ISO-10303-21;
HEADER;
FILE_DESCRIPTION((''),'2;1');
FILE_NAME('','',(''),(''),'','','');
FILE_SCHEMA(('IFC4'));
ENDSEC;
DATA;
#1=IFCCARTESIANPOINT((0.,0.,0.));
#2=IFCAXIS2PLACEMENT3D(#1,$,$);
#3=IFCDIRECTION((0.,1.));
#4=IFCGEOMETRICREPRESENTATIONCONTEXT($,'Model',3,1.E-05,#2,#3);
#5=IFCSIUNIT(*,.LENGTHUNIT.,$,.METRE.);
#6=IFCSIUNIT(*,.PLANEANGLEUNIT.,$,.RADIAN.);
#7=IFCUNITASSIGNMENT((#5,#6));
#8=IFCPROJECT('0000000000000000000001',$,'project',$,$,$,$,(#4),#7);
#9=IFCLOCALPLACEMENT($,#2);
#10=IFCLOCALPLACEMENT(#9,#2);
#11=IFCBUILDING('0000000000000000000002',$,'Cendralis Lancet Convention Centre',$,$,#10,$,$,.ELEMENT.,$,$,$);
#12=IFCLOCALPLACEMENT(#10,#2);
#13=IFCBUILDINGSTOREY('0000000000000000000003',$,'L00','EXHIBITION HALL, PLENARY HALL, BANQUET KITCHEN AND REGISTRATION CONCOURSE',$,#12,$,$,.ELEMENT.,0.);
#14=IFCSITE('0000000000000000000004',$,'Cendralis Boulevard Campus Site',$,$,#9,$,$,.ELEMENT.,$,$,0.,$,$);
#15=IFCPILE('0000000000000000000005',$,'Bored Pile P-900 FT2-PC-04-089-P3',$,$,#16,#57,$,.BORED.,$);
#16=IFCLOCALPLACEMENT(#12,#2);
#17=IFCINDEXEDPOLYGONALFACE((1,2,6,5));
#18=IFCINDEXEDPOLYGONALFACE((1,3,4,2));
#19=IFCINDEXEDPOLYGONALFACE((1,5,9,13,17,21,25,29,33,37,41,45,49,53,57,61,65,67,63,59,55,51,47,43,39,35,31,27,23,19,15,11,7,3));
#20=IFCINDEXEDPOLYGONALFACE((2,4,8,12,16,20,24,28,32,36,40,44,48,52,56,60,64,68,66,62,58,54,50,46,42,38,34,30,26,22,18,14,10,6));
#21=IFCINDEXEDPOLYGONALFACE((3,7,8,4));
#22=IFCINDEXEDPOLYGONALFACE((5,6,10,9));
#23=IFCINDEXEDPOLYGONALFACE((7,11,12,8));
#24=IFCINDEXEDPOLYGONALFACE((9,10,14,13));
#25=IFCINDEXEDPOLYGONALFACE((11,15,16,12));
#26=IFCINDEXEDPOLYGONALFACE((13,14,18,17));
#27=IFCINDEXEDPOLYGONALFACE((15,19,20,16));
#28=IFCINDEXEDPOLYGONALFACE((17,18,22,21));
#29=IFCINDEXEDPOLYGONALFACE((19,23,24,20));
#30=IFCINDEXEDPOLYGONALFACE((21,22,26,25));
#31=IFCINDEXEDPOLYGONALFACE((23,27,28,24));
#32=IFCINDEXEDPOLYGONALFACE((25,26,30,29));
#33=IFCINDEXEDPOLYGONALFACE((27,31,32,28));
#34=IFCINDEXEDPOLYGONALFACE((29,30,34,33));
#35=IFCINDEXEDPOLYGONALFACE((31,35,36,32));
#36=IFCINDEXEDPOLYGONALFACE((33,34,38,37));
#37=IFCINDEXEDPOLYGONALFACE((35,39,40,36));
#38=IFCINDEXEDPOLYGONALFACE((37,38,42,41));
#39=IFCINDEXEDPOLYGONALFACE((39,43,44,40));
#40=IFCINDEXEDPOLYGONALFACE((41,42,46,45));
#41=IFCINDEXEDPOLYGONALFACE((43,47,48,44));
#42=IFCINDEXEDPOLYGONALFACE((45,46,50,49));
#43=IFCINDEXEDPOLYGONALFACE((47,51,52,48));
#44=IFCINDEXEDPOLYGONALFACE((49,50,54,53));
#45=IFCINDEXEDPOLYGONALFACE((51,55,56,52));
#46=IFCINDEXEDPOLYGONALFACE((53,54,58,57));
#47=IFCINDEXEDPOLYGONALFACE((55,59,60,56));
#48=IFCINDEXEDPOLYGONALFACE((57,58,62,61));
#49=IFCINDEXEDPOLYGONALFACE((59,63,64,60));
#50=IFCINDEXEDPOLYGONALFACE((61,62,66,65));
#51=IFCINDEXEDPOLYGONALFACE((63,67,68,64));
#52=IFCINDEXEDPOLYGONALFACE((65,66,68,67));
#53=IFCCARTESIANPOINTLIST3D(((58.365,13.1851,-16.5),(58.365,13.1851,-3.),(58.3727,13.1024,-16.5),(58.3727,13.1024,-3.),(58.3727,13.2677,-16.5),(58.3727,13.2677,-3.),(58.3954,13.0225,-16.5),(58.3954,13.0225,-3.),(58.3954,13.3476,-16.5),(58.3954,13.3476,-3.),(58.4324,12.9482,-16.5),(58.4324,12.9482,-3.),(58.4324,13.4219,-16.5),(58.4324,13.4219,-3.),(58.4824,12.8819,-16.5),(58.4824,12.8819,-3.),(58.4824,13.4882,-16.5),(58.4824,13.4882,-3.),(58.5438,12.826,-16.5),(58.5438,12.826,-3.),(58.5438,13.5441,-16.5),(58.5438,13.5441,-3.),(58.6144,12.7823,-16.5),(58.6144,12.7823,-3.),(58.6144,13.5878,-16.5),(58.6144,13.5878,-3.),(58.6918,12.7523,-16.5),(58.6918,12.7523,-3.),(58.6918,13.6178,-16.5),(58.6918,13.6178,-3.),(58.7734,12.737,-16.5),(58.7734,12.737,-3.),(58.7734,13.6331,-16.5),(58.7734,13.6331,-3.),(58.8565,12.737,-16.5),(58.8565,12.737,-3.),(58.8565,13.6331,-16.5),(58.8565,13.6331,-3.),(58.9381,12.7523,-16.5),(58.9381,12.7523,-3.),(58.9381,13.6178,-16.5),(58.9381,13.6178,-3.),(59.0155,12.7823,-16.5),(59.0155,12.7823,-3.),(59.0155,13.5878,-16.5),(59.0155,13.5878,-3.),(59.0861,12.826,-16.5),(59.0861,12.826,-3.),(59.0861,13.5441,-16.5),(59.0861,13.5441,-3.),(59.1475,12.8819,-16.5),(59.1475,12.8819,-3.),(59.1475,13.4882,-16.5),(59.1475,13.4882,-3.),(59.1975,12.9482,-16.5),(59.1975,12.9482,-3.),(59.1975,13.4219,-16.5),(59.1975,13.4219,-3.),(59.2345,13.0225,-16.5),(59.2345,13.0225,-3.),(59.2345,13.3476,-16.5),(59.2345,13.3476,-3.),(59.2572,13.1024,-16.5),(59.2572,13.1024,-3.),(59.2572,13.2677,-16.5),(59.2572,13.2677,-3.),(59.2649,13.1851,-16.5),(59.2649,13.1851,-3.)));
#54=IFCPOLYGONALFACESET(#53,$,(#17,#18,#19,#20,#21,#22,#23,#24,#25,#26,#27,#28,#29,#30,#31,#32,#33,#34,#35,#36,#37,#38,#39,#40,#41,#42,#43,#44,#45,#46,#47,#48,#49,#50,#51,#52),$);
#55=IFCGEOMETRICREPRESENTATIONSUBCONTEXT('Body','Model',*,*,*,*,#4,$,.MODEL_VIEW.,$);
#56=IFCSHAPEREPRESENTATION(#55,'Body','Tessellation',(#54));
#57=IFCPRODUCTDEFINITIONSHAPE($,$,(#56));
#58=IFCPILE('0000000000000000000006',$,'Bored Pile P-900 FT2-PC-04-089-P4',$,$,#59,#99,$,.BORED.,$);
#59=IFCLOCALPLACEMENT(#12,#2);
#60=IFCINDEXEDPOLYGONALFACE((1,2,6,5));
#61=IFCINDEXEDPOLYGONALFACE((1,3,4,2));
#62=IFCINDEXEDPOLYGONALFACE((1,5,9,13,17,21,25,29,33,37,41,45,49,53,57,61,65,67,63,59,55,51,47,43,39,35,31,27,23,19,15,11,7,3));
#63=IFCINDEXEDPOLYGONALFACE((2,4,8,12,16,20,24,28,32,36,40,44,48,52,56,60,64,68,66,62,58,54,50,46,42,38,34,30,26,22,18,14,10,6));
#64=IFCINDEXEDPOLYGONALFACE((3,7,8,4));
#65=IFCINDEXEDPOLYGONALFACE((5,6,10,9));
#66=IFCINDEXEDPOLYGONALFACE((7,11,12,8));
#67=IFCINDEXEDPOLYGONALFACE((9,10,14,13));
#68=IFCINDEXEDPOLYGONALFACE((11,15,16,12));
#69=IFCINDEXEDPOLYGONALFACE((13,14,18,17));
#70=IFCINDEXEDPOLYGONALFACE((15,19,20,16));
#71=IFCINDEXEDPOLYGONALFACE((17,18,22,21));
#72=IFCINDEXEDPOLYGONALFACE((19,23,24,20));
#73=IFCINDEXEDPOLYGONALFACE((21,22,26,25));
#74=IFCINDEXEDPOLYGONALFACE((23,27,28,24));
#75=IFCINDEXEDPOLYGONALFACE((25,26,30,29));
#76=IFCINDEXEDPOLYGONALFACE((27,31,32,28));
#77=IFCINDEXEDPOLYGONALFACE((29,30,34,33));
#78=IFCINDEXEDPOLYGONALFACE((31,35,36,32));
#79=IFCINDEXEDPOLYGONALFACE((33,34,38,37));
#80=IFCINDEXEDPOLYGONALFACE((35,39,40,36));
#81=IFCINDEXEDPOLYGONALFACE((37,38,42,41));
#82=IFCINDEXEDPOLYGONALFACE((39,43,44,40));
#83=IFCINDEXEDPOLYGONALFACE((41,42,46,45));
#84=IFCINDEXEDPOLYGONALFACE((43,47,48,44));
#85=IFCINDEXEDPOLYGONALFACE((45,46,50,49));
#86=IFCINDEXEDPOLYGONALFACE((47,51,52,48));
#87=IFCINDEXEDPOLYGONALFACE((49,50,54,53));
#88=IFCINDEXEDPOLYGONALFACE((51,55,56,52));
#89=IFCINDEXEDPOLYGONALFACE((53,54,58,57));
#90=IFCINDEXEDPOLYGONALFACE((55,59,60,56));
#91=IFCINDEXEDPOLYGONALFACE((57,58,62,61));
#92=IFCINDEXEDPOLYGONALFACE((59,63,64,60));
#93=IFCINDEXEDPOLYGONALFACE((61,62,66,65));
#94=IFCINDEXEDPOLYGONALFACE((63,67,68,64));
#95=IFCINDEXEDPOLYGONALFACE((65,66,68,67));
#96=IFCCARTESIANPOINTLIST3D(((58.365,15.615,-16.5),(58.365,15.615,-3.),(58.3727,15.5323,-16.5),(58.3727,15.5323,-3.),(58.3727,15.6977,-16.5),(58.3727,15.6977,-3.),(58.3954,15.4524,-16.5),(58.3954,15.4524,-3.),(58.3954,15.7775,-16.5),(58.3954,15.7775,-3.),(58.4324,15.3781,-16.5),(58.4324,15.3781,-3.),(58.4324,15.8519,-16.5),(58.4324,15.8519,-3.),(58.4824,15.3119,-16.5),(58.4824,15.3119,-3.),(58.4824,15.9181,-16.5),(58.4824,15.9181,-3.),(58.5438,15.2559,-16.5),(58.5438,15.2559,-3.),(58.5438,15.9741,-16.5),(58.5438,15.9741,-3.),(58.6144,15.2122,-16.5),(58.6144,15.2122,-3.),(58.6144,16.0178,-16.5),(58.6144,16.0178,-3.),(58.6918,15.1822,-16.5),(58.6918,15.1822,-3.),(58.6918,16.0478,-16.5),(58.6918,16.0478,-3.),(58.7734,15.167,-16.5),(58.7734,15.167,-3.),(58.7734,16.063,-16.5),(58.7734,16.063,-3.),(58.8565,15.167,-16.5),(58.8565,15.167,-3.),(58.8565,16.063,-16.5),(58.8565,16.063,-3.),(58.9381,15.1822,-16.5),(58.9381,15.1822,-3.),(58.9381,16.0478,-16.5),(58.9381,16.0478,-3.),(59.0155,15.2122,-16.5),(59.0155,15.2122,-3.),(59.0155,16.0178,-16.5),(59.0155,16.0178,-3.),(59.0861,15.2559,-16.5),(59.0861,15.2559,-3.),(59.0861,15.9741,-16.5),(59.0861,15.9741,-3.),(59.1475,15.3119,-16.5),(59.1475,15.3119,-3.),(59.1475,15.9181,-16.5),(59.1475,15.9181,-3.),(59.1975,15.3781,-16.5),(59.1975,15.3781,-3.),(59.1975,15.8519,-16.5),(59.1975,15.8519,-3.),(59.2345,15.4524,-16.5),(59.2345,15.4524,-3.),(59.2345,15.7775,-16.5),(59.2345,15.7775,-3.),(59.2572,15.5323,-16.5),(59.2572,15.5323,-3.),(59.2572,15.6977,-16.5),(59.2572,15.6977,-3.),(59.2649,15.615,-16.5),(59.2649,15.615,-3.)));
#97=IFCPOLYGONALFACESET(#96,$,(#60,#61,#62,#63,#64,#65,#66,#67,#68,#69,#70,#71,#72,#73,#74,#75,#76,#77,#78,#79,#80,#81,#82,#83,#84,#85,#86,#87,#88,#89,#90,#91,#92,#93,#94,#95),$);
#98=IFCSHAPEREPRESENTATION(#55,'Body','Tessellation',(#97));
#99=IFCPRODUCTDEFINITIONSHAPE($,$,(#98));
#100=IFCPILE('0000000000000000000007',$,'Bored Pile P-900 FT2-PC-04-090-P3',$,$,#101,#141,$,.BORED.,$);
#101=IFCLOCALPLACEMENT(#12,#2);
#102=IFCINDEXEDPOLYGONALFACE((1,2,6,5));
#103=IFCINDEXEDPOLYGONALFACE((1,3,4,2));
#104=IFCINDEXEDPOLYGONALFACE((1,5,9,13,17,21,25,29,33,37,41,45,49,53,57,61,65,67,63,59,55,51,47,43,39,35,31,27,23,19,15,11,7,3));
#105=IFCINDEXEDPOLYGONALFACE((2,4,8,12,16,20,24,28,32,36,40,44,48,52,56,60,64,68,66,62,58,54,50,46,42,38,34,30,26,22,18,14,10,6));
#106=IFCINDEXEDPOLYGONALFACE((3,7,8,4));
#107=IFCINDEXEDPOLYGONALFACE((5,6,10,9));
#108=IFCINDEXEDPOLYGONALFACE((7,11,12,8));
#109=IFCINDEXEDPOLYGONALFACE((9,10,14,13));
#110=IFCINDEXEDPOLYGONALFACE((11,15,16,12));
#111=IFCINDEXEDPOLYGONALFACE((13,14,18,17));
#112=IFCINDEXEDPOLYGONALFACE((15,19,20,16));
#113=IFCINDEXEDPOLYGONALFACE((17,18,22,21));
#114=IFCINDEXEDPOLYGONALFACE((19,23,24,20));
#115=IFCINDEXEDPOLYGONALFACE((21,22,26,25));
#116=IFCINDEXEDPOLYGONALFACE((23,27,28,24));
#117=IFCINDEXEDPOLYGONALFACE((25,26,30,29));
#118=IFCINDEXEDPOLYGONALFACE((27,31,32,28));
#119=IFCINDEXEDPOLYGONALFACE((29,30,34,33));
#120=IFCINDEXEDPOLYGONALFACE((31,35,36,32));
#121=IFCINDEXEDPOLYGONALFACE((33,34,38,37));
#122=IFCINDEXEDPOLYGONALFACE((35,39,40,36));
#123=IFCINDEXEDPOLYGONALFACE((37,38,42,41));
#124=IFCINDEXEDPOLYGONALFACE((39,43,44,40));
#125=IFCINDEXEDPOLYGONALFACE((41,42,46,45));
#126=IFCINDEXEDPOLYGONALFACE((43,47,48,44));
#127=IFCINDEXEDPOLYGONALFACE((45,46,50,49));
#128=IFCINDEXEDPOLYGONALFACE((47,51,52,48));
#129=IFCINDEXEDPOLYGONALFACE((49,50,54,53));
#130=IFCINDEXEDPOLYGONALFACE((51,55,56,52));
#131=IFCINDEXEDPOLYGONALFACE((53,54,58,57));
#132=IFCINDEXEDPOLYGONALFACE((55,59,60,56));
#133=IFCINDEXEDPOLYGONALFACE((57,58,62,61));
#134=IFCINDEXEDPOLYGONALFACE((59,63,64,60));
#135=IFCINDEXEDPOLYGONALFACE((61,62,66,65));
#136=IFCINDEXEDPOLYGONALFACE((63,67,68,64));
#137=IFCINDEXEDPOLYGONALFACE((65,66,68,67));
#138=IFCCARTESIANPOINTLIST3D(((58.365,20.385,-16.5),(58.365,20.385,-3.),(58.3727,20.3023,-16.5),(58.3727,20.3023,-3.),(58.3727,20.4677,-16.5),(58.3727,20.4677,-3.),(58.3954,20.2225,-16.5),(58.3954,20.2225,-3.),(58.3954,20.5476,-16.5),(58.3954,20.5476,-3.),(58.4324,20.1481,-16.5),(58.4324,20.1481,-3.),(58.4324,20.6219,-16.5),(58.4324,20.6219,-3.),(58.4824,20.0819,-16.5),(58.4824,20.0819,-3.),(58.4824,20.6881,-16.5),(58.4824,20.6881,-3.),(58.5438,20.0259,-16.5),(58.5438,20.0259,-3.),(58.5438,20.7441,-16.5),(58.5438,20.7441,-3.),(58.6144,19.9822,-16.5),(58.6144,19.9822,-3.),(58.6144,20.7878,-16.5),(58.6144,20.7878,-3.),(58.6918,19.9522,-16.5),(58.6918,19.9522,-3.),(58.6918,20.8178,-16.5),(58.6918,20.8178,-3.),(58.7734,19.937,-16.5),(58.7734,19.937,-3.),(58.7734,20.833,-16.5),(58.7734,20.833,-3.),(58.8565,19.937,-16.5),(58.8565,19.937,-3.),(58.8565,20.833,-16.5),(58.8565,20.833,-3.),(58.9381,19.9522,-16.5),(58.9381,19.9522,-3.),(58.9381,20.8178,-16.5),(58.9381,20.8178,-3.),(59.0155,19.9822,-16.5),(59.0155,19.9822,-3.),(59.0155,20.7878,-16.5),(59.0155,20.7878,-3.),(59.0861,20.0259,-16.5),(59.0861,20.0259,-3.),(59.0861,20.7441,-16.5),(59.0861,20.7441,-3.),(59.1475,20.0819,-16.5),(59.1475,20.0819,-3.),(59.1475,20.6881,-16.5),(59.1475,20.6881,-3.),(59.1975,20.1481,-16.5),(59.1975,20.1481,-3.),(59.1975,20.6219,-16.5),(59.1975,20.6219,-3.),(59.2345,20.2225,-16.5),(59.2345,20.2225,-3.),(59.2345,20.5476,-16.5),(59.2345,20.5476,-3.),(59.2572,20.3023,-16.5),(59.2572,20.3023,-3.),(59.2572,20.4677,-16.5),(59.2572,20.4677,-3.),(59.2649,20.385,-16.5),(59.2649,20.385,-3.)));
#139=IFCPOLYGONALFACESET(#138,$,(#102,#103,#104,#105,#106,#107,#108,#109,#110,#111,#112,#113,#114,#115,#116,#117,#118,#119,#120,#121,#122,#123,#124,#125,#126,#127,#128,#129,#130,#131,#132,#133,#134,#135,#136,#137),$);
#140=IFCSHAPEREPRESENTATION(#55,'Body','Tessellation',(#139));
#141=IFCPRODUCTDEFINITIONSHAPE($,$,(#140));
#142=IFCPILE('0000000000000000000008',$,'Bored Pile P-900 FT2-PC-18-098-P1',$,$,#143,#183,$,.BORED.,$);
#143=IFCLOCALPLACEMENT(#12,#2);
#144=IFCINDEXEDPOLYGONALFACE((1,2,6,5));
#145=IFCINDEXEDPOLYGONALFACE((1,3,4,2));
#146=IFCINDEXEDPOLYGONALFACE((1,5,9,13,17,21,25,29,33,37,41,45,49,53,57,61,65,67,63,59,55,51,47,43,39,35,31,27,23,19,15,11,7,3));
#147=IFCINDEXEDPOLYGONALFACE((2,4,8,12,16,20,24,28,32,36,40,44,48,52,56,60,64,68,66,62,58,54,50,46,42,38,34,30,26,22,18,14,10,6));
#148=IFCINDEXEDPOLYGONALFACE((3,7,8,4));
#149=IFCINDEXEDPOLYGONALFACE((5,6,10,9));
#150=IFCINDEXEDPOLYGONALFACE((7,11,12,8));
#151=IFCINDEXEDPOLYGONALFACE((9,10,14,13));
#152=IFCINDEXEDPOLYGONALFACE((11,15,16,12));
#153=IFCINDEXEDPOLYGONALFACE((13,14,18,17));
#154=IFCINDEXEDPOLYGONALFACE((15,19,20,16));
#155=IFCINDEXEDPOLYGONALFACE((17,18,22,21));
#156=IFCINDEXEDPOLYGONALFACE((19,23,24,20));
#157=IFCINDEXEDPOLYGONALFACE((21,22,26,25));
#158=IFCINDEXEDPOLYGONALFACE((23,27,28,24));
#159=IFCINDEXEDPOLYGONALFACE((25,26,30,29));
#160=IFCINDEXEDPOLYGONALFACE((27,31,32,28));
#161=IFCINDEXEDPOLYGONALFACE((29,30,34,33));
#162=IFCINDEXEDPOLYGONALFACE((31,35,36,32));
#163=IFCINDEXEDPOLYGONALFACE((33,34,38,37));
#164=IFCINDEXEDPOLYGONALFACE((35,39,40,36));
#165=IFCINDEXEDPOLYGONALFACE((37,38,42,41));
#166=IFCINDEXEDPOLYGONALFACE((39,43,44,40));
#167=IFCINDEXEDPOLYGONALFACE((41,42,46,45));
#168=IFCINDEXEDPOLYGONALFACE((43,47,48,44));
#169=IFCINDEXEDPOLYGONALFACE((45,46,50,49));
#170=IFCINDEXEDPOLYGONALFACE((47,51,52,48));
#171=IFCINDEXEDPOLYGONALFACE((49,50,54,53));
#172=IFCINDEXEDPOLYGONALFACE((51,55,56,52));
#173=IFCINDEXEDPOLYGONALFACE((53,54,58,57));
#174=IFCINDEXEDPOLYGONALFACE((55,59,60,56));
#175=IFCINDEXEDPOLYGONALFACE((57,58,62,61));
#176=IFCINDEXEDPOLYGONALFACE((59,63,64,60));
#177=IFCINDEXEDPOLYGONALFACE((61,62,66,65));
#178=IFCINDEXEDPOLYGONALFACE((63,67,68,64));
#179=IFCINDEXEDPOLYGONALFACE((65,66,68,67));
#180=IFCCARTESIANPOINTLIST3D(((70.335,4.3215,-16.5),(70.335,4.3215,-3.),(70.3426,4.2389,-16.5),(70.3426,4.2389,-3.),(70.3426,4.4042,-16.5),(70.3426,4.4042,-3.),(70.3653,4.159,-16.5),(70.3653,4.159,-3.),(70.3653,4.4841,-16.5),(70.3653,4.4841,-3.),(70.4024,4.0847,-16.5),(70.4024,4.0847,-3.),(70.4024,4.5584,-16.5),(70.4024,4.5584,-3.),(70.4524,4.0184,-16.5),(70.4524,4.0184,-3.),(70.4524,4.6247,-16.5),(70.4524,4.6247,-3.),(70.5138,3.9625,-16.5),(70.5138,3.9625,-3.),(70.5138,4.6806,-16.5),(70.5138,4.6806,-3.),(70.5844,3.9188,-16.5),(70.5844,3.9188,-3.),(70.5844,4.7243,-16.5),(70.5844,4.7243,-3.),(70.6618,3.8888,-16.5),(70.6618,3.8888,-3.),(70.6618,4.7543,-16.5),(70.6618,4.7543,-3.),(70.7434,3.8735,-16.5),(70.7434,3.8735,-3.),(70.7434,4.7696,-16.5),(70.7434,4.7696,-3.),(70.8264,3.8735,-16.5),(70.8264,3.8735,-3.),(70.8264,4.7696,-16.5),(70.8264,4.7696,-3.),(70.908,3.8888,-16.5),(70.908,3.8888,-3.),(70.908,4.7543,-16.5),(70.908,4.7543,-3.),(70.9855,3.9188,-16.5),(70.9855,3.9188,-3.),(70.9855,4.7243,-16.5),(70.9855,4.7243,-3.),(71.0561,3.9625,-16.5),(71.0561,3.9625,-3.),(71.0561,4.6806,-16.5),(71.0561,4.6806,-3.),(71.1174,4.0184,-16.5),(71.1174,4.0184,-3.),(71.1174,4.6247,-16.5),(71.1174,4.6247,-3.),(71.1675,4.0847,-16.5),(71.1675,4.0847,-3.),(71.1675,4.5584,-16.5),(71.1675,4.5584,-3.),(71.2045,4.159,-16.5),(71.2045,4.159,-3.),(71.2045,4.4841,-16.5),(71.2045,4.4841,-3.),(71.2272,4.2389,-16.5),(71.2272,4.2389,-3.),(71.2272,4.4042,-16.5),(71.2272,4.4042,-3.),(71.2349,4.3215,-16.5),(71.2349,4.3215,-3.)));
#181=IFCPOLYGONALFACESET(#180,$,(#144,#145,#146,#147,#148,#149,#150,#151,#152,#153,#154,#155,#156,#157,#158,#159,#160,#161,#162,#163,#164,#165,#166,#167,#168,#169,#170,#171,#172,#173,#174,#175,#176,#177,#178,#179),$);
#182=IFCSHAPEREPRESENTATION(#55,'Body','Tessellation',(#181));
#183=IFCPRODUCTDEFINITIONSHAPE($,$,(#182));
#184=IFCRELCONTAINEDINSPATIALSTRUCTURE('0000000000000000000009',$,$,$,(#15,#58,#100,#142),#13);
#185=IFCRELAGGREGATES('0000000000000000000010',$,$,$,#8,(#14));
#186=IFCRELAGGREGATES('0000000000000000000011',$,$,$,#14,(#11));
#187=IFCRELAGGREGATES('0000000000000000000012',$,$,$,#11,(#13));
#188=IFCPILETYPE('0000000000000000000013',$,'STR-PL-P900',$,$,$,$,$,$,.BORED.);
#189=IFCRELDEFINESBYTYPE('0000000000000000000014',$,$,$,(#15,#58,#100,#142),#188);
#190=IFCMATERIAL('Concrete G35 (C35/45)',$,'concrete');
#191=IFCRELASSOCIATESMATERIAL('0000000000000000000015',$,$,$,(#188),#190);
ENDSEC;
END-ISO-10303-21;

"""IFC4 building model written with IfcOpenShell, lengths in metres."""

from ifc_helpers import new_model, si_unit, direction, frame, origin, origin_2d, place, context, subcontext, project, spatial, circle, extrude, material, material_profile, profile_set, type_object, element, save


model = new_model("IFC4")

# Units and contexts
model_context = context("Model", 3, precision=1e-05, world=origin(), true_north=direction((0.0, 1.0)))
body_context = subcontext(model_context, "Body", "Model", "MODEL_VIEW")
ifc_project = project(units=[si_unit("LENGTHUNIT", "METRE"), si_unit("PLANEANGLEUNIT", "RADIAN")], contexts=[model_context])

# Site, building, storey
site_placement = place(None, origin())
site = spatial("IfcSite", under=ifc_project, at=site_placement, Name="Cendralis Boulevard Campus Site", CompositionType="ELEMENT", RefElevation=0.0)
building_placement = place(site_placement, origin())
building = spatial("IfcBuilding", under=site, at=building_placement, Name="Cendralis Lancet Convention Centre", CompositionType="ELEMENT")
storey_placement = place(building_placement, origin())
storey = spatial("IfcBuildingStorey", under=building, at=storey_placement, Name="L00", Description="EXHIBITION HALL, PLENARY HALL, BANQUET KITCHEN AND REGISTRATION CONCOURSE", CompositionType="ELEMENT", Elevation=0.0)

# Shared definitions
ifc_material_1 = material(Name="Concrete G35 (C35/45)", Category="concrete")

# Piles
ifc_material_profile_1 = material_profile(ifc_material_1, circle(Radius=0.45, at=origin_2d()), Name="BORED PILE D900")
ifc_profile_set_1 = profile_set([ifc_material_profile_1], Name="Concrete G35 (C35/45)")
pile_type = type_object("IfcPileType", Name="STR-PL-P900", PredefinedType="BORED", material=ifc_profile_set_1)
for number, where, z_axis, x_axis, name in (
    (1, (58.8149, 13.1851, -3.0), (0.0, 0.0, -1.0), (1.0, 0.0, 0.0), "Bored Pile P-900 FT2-PC-04-089-P3"),
    (2, (58.8149, 15.615, -3.0), (0.0, 0.0, -1.0), (1.0, 0.0, 0.0), "Bored Pile P-900 FT2-PC-04-089-P4"),
    (3, (58.8149, 20.385, -3.0), (0.0, 0.0, -1.0), (1.0, 0.0, 0.0), "Bored Pile P-900 FT2-PC-04-090-P3"),
    (4, (70.7849, 4.3215, -3.0), (0.0, 0.0, -1.0), (1.0, 0.0, 0.0), "Bored Pile P-900 FT2-PC-18-098-P1"),
):
    element("IfcPile", number, at=place(storey_placement, frame(where, z_axis=z_axis, x_axis=x_axis)), inside=storey, type_object=pile_type, Name=name, PredefinedType="BORED", context=body_context, shape_type="SweptSolid", body=[
        extrude(circle(Radius=0.45, at=origin_2d()), origin(), (0.0, 0.0, 1.0), 13.5),
    ])

save(model, "model.ifc")
